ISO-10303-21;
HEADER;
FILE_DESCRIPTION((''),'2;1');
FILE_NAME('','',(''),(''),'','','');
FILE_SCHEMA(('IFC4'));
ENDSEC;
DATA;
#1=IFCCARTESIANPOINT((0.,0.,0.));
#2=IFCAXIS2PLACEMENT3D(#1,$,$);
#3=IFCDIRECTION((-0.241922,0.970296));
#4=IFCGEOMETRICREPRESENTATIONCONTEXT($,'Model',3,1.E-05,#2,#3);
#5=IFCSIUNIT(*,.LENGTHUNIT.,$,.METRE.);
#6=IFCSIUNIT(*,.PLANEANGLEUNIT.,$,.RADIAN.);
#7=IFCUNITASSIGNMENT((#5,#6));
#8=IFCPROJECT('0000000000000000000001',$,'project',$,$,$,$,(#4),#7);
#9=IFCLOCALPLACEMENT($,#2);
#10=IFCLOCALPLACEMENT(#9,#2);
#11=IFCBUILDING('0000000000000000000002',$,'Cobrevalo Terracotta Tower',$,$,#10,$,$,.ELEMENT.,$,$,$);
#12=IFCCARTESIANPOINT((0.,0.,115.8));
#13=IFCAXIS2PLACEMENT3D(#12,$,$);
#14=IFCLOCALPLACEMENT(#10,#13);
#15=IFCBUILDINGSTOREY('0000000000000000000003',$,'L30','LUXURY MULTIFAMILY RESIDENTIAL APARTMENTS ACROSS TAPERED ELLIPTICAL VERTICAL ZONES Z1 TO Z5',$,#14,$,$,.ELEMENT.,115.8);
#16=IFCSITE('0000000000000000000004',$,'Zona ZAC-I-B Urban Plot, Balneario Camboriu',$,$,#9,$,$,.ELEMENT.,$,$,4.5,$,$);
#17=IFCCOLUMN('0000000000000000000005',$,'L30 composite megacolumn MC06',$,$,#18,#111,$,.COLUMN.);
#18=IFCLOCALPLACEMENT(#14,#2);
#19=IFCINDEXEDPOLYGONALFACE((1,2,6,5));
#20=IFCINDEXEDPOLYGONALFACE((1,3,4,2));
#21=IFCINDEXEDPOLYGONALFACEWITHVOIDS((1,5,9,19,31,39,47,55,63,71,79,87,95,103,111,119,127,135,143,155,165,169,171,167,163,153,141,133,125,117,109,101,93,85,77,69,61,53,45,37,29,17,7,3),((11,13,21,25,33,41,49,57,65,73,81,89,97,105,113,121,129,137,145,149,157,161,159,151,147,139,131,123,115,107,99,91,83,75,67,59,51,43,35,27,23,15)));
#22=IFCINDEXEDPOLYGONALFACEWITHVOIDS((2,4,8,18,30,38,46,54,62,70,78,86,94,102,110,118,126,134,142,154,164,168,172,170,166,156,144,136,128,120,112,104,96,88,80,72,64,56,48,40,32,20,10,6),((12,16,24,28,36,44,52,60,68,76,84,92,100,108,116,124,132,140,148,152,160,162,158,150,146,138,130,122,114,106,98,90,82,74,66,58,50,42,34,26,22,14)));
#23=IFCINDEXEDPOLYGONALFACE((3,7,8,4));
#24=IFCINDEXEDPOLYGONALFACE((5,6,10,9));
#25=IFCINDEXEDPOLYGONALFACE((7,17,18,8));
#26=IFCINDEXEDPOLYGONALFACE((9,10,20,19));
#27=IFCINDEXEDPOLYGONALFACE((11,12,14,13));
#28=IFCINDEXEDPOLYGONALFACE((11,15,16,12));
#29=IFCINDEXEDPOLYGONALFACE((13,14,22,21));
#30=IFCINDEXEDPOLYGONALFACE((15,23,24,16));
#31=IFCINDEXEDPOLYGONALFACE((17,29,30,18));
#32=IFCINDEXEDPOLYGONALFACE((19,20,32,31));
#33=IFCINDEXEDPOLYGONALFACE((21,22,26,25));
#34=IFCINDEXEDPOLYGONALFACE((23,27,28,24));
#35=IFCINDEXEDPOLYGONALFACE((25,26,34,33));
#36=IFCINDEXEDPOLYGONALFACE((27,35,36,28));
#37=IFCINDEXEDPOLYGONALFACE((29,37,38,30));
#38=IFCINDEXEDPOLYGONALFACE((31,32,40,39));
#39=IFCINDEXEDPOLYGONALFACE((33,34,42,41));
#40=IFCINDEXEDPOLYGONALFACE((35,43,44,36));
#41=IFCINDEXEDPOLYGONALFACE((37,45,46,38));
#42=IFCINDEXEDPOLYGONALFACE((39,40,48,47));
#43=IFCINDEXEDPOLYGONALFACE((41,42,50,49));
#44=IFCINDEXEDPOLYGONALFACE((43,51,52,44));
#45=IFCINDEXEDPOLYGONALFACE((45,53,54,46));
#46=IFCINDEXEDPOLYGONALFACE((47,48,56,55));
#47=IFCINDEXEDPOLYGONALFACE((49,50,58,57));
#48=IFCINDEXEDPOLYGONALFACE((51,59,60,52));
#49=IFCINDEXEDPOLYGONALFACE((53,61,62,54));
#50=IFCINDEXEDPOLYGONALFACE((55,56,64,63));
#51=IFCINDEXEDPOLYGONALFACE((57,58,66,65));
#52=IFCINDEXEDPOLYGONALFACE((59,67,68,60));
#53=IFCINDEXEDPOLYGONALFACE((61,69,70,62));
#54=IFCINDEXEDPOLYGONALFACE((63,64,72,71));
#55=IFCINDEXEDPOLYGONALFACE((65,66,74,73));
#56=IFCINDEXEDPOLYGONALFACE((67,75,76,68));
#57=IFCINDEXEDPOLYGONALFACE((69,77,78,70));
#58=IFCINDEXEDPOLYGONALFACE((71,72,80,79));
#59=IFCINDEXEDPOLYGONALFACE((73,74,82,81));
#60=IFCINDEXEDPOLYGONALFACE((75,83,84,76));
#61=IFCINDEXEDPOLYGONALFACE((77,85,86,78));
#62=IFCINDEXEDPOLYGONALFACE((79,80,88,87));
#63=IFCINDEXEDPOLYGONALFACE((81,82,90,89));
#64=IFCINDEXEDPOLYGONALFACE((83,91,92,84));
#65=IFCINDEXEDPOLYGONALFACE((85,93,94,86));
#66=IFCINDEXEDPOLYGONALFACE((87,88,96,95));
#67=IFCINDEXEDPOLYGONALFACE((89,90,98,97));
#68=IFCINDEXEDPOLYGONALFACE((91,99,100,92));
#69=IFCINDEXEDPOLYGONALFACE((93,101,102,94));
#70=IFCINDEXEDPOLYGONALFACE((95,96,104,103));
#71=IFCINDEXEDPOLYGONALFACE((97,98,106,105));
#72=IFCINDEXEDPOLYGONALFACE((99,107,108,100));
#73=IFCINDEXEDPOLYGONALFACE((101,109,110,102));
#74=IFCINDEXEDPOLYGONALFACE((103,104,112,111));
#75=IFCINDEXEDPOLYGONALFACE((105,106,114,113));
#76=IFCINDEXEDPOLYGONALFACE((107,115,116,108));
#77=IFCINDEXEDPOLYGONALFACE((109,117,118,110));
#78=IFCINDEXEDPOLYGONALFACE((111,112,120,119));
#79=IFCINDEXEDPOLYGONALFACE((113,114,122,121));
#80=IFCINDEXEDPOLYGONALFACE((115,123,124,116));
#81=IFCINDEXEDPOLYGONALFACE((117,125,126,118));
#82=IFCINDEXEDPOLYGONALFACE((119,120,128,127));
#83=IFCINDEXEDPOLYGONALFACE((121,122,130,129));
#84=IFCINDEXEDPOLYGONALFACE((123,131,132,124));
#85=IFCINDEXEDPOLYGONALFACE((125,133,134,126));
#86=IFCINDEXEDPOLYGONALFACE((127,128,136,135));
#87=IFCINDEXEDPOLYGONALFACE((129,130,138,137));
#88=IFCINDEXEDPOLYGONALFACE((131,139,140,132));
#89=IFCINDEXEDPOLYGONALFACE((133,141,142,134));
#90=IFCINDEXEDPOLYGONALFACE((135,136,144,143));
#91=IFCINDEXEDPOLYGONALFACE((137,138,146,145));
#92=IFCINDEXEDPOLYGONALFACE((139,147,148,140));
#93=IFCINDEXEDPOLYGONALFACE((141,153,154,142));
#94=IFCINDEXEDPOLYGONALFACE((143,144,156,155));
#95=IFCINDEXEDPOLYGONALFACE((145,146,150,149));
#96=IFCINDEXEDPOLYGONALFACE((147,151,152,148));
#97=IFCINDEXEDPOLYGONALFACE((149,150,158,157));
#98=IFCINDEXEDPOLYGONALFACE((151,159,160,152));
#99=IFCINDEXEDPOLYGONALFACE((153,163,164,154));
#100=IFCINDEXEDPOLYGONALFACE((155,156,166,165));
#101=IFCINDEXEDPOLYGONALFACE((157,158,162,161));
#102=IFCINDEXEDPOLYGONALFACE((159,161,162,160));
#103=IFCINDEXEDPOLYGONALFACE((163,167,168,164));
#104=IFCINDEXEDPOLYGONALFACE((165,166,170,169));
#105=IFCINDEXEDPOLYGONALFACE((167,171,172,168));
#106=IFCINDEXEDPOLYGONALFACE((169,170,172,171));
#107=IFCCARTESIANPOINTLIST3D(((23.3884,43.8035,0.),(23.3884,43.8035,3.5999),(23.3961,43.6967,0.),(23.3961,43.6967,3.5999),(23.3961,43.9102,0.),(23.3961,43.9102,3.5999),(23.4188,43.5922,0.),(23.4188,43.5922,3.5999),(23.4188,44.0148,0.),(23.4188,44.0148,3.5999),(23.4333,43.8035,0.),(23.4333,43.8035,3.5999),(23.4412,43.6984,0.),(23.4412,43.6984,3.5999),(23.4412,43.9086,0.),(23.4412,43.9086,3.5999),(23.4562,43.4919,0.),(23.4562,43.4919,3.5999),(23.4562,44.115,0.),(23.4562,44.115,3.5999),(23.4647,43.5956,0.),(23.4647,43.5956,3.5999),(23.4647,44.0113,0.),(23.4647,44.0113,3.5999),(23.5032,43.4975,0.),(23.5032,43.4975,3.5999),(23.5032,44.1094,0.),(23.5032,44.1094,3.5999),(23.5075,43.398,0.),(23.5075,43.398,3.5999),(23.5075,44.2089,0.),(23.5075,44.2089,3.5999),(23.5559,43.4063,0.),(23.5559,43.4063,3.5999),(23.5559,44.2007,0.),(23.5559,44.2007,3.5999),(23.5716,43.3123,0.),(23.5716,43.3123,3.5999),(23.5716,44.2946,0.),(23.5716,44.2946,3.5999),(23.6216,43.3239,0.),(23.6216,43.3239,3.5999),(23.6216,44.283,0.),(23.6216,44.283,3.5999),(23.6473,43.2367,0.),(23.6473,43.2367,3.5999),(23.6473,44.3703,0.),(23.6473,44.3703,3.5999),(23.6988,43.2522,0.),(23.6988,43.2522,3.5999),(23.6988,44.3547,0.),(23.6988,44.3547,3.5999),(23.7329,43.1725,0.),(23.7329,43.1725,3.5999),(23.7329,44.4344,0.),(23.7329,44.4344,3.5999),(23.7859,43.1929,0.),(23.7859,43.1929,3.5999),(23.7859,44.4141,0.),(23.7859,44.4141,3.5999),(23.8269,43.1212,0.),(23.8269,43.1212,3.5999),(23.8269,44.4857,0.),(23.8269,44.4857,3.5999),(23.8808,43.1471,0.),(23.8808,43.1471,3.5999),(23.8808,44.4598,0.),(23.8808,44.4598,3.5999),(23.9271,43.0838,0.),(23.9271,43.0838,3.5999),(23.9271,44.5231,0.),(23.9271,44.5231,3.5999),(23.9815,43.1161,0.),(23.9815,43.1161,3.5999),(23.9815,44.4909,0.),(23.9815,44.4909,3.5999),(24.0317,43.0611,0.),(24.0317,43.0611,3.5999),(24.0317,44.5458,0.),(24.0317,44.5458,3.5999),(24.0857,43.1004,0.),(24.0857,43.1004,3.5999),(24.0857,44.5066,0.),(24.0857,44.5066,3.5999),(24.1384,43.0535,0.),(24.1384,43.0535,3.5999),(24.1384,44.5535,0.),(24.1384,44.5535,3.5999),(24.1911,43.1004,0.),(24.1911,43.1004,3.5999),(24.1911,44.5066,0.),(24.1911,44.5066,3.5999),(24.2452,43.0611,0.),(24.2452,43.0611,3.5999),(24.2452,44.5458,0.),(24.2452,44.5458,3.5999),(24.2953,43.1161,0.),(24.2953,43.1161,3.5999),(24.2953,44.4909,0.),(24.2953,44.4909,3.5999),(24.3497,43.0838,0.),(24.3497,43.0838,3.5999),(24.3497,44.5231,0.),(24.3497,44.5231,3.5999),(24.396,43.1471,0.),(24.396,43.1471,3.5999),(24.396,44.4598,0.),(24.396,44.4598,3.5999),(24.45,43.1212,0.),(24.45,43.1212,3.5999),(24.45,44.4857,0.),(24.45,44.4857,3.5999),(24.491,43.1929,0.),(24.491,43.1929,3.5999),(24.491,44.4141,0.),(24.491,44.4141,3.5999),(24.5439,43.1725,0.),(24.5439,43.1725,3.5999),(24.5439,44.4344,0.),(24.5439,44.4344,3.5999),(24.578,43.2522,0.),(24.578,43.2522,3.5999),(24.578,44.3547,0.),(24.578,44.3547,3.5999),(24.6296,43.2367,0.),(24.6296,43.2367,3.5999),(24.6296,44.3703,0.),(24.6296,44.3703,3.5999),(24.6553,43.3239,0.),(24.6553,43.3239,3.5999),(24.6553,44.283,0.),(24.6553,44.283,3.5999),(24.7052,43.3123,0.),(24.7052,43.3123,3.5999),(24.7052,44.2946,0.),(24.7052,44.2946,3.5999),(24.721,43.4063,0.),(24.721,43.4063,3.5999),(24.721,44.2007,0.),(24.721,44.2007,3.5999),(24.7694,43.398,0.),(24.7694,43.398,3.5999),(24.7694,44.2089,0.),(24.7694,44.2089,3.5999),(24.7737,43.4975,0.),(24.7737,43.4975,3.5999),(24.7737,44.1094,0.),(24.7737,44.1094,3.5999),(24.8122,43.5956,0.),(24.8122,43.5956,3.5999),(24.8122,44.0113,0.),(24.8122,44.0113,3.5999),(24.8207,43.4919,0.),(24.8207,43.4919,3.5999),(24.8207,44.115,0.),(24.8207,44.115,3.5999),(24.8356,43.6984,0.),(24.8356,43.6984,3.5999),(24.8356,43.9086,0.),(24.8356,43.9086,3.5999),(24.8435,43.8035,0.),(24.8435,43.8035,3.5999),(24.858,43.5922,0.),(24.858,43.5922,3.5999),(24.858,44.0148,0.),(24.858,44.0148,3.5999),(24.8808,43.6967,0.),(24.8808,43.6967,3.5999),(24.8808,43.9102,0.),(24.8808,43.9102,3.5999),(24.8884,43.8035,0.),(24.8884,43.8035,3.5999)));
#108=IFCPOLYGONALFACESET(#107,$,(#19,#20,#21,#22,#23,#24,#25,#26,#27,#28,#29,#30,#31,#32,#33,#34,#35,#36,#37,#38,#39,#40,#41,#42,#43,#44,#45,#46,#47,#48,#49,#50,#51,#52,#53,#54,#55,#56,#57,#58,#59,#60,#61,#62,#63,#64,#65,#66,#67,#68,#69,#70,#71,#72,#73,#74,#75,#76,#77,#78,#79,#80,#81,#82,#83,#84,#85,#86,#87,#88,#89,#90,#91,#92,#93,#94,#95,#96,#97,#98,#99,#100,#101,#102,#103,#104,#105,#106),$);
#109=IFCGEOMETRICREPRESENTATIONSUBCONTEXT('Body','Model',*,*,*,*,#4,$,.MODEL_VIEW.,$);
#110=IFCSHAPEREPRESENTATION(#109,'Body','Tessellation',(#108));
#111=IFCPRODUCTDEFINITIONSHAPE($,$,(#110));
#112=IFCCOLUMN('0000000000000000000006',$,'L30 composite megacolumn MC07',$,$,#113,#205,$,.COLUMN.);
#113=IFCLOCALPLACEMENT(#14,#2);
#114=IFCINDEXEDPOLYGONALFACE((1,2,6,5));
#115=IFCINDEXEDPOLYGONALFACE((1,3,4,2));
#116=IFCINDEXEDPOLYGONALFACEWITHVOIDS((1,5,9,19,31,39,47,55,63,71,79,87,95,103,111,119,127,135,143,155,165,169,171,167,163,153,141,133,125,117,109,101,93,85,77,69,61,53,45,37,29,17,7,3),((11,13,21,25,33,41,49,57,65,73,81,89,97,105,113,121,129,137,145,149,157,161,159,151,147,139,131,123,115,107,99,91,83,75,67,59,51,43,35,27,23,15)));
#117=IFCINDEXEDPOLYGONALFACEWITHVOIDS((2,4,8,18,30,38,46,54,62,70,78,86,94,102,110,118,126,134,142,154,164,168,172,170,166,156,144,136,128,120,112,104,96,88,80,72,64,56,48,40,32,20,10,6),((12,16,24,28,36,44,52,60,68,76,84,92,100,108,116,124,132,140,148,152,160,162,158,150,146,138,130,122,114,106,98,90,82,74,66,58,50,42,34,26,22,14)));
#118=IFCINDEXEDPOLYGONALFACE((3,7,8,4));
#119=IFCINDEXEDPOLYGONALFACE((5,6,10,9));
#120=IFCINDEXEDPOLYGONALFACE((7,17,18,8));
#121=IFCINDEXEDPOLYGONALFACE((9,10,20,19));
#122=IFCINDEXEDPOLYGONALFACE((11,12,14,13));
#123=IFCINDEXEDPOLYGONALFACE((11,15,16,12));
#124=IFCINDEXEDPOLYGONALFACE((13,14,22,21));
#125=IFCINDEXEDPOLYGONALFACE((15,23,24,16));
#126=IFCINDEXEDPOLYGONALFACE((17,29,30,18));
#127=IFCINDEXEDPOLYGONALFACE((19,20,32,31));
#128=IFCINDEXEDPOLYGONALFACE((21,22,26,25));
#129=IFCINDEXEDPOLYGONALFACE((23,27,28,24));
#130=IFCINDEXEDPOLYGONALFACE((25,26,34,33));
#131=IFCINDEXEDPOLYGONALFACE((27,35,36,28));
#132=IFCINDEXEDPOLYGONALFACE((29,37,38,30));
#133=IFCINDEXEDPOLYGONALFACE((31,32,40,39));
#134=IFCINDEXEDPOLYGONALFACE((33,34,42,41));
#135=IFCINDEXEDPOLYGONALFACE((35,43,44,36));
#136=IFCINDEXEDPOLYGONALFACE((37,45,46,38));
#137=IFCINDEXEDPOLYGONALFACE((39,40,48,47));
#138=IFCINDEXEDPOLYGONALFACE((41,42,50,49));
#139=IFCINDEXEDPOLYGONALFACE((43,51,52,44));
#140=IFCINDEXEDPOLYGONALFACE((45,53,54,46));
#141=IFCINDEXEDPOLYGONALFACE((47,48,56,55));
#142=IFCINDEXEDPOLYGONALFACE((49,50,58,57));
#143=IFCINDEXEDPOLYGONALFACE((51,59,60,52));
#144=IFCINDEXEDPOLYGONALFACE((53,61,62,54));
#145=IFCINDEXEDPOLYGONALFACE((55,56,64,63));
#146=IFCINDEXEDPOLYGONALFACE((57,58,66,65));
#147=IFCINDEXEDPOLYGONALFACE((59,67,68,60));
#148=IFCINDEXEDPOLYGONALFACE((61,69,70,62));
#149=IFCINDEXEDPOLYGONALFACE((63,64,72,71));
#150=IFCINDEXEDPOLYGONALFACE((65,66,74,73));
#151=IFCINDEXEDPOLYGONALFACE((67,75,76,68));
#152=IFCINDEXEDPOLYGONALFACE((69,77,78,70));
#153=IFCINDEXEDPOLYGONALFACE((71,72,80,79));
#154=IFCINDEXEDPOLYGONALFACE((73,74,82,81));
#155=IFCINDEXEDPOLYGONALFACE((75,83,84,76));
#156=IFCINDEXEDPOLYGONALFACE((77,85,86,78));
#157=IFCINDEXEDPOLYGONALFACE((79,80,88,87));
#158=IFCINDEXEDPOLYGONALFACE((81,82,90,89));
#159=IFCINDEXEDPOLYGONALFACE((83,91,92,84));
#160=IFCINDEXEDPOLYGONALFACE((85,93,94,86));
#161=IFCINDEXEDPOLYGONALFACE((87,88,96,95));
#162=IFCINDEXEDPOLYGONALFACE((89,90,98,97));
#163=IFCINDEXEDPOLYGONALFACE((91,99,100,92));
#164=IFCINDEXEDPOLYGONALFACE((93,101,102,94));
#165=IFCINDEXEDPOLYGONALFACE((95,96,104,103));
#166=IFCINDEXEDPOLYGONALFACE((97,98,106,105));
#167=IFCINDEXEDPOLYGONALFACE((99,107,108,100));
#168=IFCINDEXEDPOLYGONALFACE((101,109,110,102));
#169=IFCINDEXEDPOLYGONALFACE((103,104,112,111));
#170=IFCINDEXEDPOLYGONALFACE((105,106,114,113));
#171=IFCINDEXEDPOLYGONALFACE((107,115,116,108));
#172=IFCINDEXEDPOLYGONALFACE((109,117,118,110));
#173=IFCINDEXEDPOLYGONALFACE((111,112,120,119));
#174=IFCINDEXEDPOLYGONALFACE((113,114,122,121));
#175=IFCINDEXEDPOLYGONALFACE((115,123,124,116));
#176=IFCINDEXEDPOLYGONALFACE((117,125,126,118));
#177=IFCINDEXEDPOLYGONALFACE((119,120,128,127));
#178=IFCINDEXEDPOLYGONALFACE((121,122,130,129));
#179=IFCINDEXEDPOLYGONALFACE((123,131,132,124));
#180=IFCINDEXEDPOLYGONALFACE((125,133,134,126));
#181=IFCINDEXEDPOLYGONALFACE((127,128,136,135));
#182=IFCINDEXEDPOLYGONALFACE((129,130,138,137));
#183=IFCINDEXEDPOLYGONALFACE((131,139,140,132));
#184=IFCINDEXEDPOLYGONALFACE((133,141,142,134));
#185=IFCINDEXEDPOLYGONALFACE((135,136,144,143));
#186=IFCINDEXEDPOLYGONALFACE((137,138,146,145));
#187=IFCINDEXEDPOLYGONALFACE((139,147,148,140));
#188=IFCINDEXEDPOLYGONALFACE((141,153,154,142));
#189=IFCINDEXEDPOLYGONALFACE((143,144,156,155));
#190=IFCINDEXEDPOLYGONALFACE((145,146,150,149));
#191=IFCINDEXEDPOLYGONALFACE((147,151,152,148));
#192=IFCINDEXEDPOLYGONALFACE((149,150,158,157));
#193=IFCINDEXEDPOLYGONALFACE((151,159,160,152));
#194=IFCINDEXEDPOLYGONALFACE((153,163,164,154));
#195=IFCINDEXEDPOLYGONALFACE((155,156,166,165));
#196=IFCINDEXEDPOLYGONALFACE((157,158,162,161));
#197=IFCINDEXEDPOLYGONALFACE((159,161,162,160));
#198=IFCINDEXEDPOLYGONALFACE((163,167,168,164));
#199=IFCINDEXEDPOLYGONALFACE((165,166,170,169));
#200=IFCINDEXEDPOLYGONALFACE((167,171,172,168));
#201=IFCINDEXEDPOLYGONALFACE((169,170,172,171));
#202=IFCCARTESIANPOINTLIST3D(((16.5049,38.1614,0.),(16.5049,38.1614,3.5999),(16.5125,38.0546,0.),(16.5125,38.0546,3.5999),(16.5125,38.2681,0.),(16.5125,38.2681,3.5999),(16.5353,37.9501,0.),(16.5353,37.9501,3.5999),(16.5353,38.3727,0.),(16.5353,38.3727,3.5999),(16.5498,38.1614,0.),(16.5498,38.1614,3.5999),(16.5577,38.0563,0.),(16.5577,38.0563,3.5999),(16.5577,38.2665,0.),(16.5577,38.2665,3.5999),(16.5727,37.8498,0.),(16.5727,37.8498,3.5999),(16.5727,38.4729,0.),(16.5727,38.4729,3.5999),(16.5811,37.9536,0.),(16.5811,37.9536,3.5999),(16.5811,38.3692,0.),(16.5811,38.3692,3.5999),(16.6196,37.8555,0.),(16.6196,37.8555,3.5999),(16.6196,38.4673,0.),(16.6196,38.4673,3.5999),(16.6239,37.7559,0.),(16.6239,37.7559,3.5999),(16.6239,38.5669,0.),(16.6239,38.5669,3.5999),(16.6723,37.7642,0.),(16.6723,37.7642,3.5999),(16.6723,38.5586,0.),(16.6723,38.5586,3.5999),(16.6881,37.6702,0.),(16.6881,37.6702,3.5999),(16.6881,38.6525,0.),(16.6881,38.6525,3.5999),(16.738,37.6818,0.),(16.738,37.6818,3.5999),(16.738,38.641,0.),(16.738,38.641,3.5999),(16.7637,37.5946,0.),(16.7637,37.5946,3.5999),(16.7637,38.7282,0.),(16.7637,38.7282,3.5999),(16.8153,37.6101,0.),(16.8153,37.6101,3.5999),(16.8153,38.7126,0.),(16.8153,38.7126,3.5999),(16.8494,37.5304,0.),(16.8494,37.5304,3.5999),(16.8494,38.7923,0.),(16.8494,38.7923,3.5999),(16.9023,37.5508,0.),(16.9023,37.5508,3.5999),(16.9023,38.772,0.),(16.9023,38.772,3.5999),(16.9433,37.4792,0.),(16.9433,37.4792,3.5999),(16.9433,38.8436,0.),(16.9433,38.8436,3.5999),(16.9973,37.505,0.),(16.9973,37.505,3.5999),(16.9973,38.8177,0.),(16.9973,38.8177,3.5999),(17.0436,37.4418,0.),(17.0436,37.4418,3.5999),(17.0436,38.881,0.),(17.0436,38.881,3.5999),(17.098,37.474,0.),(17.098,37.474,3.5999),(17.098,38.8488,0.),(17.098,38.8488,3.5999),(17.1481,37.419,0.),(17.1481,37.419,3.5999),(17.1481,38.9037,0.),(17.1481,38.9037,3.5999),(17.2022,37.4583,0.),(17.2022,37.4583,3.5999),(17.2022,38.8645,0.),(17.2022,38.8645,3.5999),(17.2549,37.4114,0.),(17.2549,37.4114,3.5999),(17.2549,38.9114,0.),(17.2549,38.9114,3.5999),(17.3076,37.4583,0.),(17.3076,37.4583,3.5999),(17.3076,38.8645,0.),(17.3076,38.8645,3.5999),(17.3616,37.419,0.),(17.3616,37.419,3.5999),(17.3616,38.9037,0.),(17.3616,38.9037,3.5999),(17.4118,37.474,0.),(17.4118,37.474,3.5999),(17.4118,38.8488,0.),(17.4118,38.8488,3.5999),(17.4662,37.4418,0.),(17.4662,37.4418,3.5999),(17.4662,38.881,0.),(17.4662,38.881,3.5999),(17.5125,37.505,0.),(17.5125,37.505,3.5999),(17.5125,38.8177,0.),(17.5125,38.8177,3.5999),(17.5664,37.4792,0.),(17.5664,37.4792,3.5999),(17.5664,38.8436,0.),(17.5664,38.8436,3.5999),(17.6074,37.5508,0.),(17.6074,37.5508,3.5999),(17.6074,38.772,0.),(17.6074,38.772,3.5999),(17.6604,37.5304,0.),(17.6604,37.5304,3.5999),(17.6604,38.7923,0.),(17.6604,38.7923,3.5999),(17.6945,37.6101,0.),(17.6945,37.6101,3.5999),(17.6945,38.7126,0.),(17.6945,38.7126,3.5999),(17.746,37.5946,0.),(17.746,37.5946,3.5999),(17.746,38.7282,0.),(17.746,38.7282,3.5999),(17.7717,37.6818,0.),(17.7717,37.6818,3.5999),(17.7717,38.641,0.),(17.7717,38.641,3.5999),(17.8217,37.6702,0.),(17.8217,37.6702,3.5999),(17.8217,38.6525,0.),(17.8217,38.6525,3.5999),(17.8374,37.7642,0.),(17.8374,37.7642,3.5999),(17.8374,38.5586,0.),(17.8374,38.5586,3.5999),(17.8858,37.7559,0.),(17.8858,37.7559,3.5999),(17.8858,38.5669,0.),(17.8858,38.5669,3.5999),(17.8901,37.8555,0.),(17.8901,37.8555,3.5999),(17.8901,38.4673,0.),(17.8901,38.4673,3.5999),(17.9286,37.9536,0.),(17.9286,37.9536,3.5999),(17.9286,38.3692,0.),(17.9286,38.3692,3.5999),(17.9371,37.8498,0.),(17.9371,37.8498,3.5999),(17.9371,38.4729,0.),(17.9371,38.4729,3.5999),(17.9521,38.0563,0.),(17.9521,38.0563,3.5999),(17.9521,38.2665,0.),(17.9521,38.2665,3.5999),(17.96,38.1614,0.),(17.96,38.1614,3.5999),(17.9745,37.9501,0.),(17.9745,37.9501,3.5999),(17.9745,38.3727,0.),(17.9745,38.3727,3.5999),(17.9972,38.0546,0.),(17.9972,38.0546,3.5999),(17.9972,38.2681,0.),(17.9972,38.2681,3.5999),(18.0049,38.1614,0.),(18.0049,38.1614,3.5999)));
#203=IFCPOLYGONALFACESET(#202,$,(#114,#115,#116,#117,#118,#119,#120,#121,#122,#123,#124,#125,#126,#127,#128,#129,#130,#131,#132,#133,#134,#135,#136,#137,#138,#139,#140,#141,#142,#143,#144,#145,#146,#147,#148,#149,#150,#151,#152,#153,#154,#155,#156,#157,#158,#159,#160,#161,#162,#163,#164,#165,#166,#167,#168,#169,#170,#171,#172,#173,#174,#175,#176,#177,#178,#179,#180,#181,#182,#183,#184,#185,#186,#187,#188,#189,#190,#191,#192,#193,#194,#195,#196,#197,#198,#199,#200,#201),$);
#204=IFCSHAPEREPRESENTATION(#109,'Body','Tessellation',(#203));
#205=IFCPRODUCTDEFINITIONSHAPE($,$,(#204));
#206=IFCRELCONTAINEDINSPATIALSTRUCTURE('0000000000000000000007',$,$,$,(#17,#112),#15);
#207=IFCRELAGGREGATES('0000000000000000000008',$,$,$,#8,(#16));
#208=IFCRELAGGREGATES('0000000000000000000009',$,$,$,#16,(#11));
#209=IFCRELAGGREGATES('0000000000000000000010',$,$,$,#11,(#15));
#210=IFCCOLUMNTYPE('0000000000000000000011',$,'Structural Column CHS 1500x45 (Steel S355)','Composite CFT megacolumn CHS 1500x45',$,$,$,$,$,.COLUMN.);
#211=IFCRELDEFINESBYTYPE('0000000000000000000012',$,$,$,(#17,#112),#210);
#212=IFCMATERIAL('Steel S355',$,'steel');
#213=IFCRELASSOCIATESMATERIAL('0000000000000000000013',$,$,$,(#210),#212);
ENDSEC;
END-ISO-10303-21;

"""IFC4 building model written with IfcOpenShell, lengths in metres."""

from ifc_helpers import new_model, si_unit, direction, frame, origin, origin_2d, place, context, subcontext, project, spatial, hollow_circle, extrude, material, material_profile, profile_set, type_object, element, save


model = new_model("IFC4")

# Units and contexts
model_context = context("Model", 3, precision=1e-05, world=origin(), true_north=direction((-0.241922, 0.970296)))
body_context = subcontext(model_context, "Body", "Model", "MODEL_VIEW")
ifc_project = project(units=[si_unit("LENGTHUNIT", "METRE"), si_unit("PLANEANGLEUNIT", "RADIAN")], contexts=[model_context])

# Site, building, storey
site_placement = place(None, origin())
site = spatial("IfcSite", under=ifc_project, at=site_placement, Name="Zona ZAC-I-B Urban Plot, Balneario Camboriu", CompositionType="ELEMENT", RefElevation=4.5)
building_placement = place(site_placement, origin())
building = spatial("IfcBuilding", under=site, at=building_placement, Name="Cobrevalo Terracotta Tower", CompositionType="ELEMENT")
storey_placement = place(building_placement, frame((0.0, 0.0, 115.8)))
storey = spatial("IfcBuildingStorey", under=building, at=storey_placement, Name="L30", Description="LUXURY MULTIFAMILY RESIDENTIAL APARTMENTS ACROSS TAPERED ELLIPTICAL VERTICAL ZONES Z1 TO Z5", CompositionType="ELEMENT", Elevation=115.8)

# Columns
ifc_material_1 = material(Name="Steel S355", Category="steel")
ifc_material_profile_1 = material_profile(ifc_material_1, hollow_circle(Radius=0.75, WallThickness=0.0449, at=origin_2d()), Name="CHS 1500x45")
ifc_profile_set_1 = profile_set([ifc_material_profile_1], Name="Steel S355")
column_type = type_object("IfcColumnType", Name="Structural Column CHS 1500x45 (Steel S355)", Description="Composite CFT megacolumn CHS 1500x45", PredefinedType="COLUMN", material=ifc_profile_set_1)
for number, where, z_axis, x_axis, name in (
    (1, (24.1384, 43.8035, 0.0), (0.0, 0.0, 1.0), (1.0, 0.0, 0.0), "L30 composite megacolumn MC06"),
    (2, (17.2549, 38.1614, 0.0), (0.0, 0.0, 1.0), (1.0, 0.0, 0.0), "L30 composite megacolumn MC07"),
):
    element("IfcColumn", number, at=place(storey_placement, frame(where, z_axis=z_axis, x_axis=x_axis)), inside=storey, type_object=column_type, Name=name, PredefinedType="COLUMN", context=body_context, shape_type="SweptSolid", body=[
        extrude(hollow_circle(Radius=0.75, WallThickness=0.0449, at=origin_2d()), origin(), (0.0, 0.0, 1.0), 3.5999),
    ])

save(model, "model.ifc")
